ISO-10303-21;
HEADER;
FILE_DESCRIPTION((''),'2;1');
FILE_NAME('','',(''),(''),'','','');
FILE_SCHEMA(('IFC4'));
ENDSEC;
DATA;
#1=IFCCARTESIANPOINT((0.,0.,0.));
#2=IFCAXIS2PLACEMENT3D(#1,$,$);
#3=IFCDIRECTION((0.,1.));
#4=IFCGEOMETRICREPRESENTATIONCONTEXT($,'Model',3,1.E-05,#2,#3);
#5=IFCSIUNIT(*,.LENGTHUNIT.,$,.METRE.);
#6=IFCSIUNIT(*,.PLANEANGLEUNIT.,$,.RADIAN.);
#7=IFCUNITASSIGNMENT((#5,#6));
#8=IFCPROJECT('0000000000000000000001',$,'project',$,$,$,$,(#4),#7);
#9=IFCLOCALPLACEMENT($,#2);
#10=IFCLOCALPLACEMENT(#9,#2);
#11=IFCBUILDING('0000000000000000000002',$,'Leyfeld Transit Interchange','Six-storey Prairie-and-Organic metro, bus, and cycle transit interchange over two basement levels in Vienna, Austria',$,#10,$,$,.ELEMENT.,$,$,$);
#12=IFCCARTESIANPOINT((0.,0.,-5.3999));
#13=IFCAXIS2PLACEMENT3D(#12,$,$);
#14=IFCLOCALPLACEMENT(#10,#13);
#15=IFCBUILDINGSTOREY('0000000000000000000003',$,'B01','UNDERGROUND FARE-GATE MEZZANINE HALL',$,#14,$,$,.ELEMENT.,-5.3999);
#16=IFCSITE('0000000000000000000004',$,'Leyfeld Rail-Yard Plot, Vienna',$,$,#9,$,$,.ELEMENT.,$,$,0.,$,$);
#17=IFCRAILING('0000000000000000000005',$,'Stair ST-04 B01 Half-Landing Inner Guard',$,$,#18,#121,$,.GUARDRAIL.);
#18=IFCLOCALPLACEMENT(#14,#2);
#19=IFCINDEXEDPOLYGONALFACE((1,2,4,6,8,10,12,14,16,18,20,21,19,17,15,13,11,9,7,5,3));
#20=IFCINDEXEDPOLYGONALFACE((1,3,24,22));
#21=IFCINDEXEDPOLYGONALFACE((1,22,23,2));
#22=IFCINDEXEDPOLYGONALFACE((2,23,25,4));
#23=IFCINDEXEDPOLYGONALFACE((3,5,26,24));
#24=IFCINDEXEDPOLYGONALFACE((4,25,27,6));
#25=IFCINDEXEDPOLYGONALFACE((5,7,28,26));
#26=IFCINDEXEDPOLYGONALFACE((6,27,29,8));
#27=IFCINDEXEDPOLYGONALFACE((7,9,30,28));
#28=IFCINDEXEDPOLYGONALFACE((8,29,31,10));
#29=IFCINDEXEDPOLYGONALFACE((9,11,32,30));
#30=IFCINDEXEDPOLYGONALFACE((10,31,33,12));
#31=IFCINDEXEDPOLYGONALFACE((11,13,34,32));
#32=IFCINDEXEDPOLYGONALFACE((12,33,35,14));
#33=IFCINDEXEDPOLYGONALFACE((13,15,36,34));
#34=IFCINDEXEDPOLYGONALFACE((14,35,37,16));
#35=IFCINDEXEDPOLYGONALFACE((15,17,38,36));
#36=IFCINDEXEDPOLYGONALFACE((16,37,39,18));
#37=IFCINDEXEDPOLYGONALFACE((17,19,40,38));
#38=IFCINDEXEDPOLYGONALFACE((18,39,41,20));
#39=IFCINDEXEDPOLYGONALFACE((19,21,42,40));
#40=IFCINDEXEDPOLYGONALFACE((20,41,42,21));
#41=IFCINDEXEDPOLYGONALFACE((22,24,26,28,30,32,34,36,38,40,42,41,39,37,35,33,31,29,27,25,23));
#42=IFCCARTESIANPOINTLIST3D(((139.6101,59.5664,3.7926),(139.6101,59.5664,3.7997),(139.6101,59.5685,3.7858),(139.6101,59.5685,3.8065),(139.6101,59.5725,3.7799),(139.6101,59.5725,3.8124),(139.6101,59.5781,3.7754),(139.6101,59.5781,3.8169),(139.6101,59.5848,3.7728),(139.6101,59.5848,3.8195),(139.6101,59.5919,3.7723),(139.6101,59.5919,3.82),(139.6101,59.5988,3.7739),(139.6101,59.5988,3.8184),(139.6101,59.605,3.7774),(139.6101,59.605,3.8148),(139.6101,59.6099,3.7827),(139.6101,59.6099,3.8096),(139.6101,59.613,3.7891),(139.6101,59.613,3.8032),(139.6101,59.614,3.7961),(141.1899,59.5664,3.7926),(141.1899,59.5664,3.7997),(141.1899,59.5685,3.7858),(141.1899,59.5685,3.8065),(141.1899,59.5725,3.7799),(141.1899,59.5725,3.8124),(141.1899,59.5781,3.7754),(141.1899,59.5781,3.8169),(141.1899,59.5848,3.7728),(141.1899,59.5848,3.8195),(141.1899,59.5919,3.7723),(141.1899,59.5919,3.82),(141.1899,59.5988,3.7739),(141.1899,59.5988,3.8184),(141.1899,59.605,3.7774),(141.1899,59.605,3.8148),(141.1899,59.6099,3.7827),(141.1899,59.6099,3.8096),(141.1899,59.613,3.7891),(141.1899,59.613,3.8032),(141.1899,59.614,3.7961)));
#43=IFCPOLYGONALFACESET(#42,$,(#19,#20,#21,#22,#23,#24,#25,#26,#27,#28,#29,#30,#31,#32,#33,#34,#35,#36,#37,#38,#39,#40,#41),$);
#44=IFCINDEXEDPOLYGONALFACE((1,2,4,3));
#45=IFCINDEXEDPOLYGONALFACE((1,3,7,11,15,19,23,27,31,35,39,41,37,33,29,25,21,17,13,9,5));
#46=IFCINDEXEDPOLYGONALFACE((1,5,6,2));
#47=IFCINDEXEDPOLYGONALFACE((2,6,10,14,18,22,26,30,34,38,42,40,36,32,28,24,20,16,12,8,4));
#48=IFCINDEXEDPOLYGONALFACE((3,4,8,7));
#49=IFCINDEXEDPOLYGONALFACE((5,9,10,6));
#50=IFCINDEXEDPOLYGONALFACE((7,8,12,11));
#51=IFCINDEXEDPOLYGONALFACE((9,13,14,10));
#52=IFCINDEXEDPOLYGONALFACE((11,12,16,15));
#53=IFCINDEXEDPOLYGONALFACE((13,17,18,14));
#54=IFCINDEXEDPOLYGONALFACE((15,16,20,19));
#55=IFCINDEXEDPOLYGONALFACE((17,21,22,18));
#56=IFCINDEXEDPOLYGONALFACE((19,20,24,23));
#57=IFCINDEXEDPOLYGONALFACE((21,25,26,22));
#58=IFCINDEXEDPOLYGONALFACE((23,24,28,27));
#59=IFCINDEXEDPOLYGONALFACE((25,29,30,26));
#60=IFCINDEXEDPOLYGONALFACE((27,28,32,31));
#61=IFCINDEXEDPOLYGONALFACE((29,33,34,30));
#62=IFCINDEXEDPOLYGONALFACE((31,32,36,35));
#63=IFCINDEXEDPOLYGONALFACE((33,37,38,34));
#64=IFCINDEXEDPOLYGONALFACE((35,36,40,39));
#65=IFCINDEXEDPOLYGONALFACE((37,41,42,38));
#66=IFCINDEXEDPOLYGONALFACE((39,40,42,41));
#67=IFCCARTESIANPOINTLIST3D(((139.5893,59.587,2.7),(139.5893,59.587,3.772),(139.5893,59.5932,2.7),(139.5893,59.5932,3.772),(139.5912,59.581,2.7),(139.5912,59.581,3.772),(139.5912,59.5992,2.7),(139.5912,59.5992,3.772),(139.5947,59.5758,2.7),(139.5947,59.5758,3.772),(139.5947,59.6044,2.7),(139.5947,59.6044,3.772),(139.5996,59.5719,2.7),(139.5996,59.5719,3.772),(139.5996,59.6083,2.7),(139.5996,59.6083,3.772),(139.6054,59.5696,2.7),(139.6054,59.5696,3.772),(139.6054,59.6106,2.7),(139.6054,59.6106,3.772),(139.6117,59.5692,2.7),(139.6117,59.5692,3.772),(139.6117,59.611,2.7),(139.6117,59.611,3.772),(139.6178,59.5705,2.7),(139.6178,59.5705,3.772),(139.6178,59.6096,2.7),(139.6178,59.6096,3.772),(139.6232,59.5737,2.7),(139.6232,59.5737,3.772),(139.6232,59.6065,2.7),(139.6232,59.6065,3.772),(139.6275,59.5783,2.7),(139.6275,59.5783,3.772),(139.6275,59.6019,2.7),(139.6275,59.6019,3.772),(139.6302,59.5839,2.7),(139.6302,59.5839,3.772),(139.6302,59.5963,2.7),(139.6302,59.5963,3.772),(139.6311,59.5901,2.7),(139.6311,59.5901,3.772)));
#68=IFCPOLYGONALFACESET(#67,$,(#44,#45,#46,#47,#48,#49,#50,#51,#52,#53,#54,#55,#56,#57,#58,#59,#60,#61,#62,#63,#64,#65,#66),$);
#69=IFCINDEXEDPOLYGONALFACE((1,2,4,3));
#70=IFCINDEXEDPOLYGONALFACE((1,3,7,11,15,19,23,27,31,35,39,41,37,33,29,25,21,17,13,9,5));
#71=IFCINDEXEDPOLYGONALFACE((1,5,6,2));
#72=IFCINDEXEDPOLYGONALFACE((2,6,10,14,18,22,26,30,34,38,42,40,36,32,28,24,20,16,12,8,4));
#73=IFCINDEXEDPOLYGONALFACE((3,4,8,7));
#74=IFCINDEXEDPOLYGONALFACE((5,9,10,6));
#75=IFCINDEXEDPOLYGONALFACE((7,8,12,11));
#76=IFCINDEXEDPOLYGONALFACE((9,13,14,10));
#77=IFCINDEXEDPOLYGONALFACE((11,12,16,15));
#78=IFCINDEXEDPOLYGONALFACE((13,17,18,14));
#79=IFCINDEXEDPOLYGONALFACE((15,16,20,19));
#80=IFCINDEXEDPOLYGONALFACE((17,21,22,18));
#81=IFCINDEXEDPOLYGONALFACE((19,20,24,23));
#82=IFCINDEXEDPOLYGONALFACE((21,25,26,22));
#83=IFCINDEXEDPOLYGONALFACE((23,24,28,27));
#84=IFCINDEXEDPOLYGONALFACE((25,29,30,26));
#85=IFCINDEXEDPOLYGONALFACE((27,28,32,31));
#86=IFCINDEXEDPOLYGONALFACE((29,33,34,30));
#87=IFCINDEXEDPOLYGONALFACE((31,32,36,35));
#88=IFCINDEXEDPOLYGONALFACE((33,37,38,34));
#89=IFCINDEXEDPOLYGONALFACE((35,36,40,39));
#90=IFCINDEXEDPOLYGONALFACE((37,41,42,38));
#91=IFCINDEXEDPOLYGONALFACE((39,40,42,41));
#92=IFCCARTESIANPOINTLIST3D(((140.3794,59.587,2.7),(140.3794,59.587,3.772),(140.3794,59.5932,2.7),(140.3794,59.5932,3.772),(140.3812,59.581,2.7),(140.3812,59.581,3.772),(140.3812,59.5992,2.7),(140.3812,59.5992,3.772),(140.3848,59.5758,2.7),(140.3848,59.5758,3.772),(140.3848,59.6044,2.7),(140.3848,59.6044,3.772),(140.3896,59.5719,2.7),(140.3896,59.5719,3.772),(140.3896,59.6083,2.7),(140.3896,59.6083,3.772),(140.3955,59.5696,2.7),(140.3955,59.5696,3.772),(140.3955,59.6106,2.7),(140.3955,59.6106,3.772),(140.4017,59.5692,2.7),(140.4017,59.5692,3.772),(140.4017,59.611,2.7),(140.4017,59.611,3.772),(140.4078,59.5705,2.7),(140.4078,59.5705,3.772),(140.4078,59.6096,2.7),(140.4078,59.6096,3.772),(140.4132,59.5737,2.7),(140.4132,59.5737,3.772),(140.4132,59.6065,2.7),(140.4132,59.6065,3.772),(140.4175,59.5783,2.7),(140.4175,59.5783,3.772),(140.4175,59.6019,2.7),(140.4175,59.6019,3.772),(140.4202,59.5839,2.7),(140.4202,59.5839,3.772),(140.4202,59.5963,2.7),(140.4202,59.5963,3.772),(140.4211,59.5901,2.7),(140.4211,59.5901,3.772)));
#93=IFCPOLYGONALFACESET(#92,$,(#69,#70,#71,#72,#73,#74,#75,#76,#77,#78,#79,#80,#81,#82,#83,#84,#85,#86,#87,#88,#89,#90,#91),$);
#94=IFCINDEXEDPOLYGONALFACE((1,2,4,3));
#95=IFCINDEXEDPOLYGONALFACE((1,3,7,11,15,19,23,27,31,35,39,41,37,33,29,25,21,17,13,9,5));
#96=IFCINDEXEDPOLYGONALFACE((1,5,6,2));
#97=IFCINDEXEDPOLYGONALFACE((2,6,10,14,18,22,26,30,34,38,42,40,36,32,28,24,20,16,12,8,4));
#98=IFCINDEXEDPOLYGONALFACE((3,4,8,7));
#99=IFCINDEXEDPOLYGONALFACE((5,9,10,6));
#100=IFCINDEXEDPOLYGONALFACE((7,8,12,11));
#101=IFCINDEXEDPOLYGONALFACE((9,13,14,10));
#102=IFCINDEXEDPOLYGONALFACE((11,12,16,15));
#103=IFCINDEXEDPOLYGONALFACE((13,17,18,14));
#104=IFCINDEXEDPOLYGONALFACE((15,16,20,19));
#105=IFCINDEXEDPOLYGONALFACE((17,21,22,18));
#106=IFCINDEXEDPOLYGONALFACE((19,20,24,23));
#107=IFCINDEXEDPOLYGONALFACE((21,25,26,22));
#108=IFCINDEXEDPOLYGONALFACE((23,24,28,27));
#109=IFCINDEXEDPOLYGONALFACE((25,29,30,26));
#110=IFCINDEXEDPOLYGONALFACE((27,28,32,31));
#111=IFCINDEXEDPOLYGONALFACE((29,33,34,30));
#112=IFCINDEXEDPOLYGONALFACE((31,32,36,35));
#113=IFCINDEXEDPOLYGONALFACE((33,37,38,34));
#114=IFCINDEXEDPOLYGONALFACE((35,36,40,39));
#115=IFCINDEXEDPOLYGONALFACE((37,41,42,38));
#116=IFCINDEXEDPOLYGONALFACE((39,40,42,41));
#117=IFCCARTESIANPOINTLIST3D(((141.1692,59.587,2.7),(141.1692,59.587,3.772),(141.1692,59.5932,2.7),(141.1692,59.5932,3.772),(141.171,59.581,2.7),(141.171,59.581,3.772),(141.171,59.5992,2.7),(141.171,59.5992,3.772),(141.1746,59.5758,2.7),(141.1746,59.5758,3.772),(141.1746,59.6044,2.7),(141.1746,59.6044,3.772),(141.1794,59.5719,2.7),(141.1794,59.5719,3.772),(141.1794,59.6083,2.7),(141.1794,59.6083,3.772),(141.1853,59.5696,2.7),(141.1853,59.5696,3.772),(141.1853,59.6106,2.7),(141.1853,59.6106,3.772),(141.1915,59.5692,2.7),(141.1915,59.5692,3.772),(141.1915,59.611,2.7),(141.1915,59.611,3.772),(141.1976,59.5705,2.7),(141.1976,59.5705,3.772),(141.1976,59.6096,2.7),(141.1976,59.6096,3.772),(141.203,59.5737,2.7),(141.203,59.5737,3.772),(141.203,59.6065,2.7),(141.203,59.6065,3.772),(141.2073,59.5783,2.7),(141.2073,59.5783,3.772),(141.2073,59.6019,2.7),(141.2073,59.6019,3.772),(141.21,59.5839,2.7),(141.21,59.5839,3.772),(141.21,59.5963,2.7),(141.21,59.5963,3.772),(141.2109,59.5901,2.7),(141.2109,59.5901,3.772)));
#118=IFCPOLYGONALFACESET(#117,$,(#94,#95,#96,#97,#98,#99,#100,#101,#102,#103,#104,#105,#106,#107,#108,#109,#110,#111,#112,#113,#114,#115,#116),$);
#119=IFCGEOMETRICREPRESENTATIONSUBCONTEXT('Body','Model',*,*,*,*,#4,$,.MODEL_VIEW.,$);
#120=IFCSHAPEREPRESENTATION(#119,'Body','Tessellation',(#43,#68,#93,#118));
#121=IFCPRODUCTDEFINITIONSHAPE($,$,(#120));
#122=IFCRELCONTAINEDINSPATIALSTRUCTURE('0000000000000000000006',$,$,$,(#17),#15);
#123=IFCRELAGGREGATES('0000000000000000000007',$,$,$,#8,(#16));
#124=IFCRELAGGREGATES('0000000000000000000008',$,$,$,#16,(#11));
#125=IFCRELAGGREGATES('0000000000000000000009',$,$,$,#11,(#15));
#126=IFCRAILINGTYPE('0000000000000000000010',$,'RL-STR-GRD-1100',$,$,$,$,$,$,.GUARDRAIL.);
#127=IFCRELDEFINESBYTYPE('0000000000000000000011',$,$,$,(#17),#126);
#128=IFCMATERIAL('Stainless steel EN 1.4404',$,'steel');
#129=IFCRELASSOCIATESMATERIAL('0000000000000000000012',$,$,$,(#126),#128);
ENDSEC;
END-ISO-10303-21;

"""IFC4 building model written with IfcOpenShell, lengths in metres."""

from ifc_helpers import new_model, si_unit, direction, frame, origin, origin_2d, place, context, subcontext, project, spatial, circle, extrude, material, type_object, element, save


model = new_model("IFC4")

# Units and contexts
model_context = context("Model", 3, precision=1e-05, world=origin(), true_north=direction((0.0, 1.0)))
body_context = subcontext(model_context, "Body", "Model", "MODEL_VIEW")
ifc_project = project(units=[si_unit("LENGTHUNIT", "METRE"), si_unit("PLANEANGLEUNIT", "RADIAN")], contexts=[model_context])

# Site, building, storey
site_placement = place(None, origin())
site = spatial("IfcSite", under=ifc_project, at=site_placement, Name="Leyfeld Rail-Yard Plot, Vienna", CompositionType="ELEMENT", RefElevation=0.0)
building_placement = place(site_placement, origin())
building = spatial("IfcBuilding", under=site, at=building_placement, Name="Leyfeld Transit Interchange", Description="Six-storey Prairie-and-Organic metro, bus, and cycle transit interchange over two basement levels in Vienna, Austria", CompositionType="ELEMENT")
storey_placement = place(building_placement, frame((0.0, 0.0, -5.3999)))
storey = spatial("IfcBuildingStorey", under=building, at=storey_placement, Name="B01", Description="UNDERGROUND FARE-GATE MEZZANINE HALL", CompositionType="ELEMENT", Elevation=-5.3999)

# Railing
ifc_material_1 = material(Name="Stainless steel EN 1.4404", Category="steel")
railing_type_1 = type_object("IfcRailingType", Name="RL-STR-GRD-1100", PredefinedType="GUARDRAIL", material=ifc_material_1)
railing_1_placement = place(storey_placement, frame((139.6101, 59.5901, 2.7)))
element("IfcRailing", 1, at=railing_1_placement, inside=storey, type_object=railing_type_1, Name="Stair ST-04 B01 Half-Landing Inner Guard", PredefinedType="GUARDRAIL", context=body_context, shape_type="SweptSolid", body=[
    extrude(circle(Radius=0.0239, at=origin_2d()), frame((0.0, 0.0, 1.0962), z_axis=(1.0, 0.0, 0.0), x_axis=(0.0, 1.0, 0.0)), (0.0, 0.0, 1.0), 1.5798),
    extrude(circle(Radius=0.021, at=origin_2d()), origin(), (0.0, 0.0, 1.0), 1.072),
    extrude(circle(Radius=0.021, at=origin_2d()), frame((0.79, 0.0, 0.0)), (0.0, 0.0, 1.0), 1.072),
    extrude(circle(Radius=0.021, at=origin_2d()), frame((1.5798, 0.0, 0.0)), (0.0, 0.0, 1.0), 1.072),
])

save(model, "model.ifc")
